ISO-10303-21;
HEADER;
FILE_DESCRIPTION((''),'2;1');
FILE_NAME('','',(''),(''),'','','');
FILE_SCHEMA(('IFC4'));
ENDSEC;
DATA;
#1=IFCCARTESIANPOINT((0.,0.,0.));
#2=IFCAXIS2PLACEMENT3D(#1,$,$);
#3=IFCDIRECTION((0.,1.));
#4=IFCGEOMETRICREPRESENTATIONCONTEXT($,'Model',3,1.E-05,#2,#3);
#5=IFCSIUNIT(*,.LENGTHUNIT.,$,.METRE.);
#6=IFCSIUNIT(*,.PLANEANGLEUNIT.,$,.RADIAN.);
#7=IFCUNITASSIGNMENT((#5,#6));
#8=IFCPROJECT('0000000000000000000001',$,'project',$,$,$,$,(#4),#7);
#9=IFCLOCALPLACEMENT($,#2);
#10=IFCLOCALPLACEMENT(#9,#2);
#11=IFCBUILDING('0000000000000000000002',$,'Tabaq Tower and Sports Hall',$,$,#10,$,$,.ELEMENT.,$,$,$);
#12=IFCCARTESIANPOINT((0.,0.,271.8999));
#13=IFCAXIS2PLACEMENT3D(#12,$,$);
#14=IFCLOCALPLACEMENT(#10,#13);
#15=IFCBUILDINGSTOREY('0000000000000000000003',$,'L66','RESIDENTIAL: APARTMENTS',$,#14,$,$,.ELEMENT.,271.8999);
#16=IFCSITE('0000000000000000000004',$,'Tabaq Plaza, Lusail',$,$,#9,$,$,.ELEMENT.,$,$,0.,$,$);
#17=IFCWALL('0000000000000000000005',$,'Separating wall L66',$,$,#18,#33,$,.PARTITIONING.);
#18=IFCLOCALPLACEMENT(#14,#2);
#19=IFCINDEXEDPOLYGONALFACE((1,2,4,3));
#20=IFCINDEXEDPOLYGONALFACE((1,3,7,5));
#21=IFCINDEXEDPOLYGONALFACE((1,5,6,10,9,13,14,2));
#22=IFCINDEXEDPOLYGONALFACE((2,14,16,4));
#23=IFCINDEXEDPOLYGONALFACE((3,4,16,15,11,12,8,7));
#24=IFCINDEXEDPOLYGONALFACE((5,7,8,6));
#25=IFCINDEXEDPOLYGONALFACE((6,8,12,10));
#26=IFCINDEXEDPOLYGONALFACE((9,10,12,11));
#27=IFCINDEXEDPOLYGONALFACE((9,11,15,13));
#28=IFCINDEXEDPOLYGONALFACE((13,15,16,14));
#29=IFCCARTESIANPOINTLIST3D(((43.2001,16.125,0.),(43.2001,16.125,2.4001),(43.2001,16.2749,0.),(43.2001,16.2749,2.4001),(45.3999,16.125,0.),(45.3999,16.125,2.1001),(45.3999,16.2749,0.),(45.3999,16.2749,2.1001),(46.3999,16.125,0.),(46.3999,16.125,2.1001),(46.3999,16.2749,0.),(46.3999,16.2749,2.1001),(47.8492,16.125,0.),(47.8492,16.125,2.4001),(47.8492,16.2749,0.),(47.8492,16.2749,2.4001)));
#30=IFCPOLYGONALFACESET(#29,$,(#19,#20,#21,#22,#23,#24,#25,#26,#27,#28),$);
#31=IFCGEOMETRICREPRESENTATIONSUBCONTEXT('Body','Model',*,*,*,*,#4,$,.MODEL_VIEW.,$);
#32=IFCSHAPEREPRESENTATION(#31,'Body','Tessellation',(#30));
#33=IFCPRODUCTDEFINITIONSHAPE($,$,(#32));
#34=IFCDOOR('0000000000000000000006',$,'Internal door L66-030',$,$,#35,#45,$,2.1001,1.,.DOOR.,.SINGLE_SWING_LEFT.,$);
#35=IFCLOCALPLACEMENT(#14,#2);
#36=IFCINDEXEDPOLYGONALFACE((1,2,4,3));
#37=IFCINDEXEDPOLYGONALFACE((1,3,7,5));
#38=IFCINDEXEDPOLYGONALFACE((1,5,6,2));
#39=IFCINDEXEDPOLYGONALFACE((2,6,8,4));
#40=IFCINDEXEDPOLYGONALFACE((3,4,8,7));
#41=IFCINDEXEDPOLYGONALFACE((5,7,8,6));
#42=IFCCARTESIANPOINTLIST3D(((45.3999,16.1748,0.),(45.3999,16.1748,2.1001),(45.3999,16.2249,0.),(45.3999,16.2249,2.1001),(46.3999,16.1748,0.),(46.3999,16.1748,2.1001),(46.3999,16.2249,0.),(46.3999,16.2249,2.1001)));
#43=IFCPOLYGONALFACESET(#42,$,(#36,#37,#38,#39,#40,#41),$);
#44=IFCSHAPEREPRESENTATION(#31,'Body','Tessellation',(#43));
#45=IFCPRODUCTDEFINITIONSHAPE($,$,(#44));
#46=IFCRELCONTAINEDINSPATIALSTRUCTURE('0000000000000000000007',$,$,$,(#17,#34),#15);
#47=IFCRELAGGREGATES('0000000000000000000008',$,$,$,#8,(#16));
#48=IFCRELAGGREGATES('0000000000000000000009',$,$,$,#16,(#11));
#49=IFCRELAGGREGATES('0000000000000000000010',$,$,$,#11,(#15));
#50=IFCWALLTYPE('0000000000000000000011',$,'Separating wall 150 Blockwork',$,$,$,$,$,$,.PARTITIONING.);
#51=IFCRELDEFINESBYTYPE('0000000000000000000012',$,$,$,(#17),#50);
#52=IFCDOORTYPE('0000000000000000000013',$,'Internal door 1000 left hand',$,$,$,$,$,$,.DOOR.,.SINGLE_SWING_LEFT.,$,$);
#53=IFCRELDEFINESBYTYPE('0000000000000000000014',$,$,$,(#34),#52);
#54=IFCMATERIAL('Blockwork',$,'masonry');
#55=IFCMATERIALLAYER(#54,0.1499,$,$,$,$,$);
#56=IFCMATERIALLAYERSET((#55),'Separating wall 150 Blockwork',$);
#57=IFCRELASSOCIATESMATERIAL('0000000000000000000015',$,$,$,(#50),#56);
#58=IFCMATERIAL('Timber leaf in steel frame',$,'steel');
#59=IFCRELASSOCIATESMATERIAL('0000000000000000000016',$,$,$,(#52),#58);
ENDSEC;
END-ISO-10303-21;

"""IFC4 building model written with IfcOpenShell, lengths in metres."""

from ifc_helpers import new_model, si_unit, direction, frame, frame_2d, origin, place, context, subcontext, project, spatial, rectangle, extrude, material, layer, layer_set, type_object, element, fill, save


model = new_model("IFC4")

# Units and contexts
model_context = context("Model", 3, precision=1e-05, world=origin(), true_north=direction((0.0, 1.0)))
body_context = subcontext(model_context, "Body", "Model", "MODEL_VIEW")
ifc_project = project(units=[si_unit("LENGTHUNIT", "METRE"), si_unit("PLANEANGLEUNIT", "RADIAN")], contexts=[model_context])

# Site, building, storey
site_placement = place(None, origin())
site = spatial("IfcSite", under=ifc_project, at=site_placement, Name="Tabaq Plaza, Lusail", CompositionType="ELEMENT", RefElevation=0.0)
building_placement = place(site_placement, origin())
building = spatial("IfcBuilding", under=site, at=building_placement, Name="Tabaq Tower and Sports Hall", CompositionType="ELEMENT")
storey_placement = place(building_placement, frame((0.0, 0.0, 271.8999)))
storey = spatial("IfcBuildingStorey", under=building, at=storey_placement, Name="L66", Description="RESIDENTIAL: APARTMENTS", CompositionType="ELEMENT", Elevation=271.8999)

# Wall, opening, door
ifc_material_1 = material(Name="Blockwork", Category="masonry")
ifc_layer_1 = layer(ifc_material_1, 0.1499)
ifc_layer_set_1 = layer_set([ifc_layer_1], Name="Separating wall 150 Blockwork")
wall_type_1 = type_object("IfcWallType", Name="Separating wall 150 Blockwork", PredefinedType="PARTITIONING", material=ifc_layer_set_1)
wall_1_placement = place(storey_placement, frame((43.2, 16.2, 0.0), z_axis=(0.0, 0.0, 1.0), x_axis=(1.0, 0.0, 0.0)))
wall_1 = element("IfcWall", 1, at=wall_1_placement, inside=storey, type_object=wall_type_1, Name="Separating wall L66", PredefinedType="PARTITIONING", context=body_context, shape_type="SweptSolid", body=[
    extrude(rectangle(XDim=4.6492, YDim=0.1499, at=frame_2d((2.3247, 0.0))), origin(), (0.0, 0.0, 1.0), 2.4001),
])
opening_1_placement = place(wall_1_placement, frame((2.2, 0.0, 0.0)))
opening_1 = element("IfcOpeningElement", 2, at=opening_1_placement, cuts=wall_1, PredefinedType="OPENING", context=body_context, shape_type="SweptSolid", body=[
    extrude(rectangle(XDim=1.0, YDim=2.1001, at=frame_2d((0.5, 1.05))), frame((0.0, 0.075, 0.0), z_axis=(0.0, -1.0, 0.0), x_axis=(1.0, 0.0, 0.0)), (0.0, 0.0, 1.0), 0.1499),
])
ifc_material_2 = material(Name="Timber leaf in steel frame", Category="steel")
door_type_1 = type_object("IfcDoorType", Name="Internal door 1000 left hand", OperationType="SINGLE_SWING_LEFT", PredefinedType="DOOR", material=ifc_material_2)
door_1_placement = place(opening_1_placement, origin())
door_1 = element("IfcDoor", 3, at=door_1_placement, inside=storey, type_object=door_type_1, Name="Internal door L66-030", OperationType="SINGLE_SWING_LEFT", OverallHeight=2.1001, OverallWidth=1.0, PredefinedType="DOOR", context=body_context, shape_type="SweptSolid", body=[
    extrude(rectangle(XDim=1.0, YDim=2.1001, at=frame_2d((0.5, 1.05))), frame((0.0, 0.0249, 0.0), z_axis=(0.0, -1.0, 0.0), x_axis=(1.0, 0.0, 0.0)), (0.0, 0.0, 1.0), 0.05),
])
fill(opening_1, door_1)

save(model, "model.ifc")
